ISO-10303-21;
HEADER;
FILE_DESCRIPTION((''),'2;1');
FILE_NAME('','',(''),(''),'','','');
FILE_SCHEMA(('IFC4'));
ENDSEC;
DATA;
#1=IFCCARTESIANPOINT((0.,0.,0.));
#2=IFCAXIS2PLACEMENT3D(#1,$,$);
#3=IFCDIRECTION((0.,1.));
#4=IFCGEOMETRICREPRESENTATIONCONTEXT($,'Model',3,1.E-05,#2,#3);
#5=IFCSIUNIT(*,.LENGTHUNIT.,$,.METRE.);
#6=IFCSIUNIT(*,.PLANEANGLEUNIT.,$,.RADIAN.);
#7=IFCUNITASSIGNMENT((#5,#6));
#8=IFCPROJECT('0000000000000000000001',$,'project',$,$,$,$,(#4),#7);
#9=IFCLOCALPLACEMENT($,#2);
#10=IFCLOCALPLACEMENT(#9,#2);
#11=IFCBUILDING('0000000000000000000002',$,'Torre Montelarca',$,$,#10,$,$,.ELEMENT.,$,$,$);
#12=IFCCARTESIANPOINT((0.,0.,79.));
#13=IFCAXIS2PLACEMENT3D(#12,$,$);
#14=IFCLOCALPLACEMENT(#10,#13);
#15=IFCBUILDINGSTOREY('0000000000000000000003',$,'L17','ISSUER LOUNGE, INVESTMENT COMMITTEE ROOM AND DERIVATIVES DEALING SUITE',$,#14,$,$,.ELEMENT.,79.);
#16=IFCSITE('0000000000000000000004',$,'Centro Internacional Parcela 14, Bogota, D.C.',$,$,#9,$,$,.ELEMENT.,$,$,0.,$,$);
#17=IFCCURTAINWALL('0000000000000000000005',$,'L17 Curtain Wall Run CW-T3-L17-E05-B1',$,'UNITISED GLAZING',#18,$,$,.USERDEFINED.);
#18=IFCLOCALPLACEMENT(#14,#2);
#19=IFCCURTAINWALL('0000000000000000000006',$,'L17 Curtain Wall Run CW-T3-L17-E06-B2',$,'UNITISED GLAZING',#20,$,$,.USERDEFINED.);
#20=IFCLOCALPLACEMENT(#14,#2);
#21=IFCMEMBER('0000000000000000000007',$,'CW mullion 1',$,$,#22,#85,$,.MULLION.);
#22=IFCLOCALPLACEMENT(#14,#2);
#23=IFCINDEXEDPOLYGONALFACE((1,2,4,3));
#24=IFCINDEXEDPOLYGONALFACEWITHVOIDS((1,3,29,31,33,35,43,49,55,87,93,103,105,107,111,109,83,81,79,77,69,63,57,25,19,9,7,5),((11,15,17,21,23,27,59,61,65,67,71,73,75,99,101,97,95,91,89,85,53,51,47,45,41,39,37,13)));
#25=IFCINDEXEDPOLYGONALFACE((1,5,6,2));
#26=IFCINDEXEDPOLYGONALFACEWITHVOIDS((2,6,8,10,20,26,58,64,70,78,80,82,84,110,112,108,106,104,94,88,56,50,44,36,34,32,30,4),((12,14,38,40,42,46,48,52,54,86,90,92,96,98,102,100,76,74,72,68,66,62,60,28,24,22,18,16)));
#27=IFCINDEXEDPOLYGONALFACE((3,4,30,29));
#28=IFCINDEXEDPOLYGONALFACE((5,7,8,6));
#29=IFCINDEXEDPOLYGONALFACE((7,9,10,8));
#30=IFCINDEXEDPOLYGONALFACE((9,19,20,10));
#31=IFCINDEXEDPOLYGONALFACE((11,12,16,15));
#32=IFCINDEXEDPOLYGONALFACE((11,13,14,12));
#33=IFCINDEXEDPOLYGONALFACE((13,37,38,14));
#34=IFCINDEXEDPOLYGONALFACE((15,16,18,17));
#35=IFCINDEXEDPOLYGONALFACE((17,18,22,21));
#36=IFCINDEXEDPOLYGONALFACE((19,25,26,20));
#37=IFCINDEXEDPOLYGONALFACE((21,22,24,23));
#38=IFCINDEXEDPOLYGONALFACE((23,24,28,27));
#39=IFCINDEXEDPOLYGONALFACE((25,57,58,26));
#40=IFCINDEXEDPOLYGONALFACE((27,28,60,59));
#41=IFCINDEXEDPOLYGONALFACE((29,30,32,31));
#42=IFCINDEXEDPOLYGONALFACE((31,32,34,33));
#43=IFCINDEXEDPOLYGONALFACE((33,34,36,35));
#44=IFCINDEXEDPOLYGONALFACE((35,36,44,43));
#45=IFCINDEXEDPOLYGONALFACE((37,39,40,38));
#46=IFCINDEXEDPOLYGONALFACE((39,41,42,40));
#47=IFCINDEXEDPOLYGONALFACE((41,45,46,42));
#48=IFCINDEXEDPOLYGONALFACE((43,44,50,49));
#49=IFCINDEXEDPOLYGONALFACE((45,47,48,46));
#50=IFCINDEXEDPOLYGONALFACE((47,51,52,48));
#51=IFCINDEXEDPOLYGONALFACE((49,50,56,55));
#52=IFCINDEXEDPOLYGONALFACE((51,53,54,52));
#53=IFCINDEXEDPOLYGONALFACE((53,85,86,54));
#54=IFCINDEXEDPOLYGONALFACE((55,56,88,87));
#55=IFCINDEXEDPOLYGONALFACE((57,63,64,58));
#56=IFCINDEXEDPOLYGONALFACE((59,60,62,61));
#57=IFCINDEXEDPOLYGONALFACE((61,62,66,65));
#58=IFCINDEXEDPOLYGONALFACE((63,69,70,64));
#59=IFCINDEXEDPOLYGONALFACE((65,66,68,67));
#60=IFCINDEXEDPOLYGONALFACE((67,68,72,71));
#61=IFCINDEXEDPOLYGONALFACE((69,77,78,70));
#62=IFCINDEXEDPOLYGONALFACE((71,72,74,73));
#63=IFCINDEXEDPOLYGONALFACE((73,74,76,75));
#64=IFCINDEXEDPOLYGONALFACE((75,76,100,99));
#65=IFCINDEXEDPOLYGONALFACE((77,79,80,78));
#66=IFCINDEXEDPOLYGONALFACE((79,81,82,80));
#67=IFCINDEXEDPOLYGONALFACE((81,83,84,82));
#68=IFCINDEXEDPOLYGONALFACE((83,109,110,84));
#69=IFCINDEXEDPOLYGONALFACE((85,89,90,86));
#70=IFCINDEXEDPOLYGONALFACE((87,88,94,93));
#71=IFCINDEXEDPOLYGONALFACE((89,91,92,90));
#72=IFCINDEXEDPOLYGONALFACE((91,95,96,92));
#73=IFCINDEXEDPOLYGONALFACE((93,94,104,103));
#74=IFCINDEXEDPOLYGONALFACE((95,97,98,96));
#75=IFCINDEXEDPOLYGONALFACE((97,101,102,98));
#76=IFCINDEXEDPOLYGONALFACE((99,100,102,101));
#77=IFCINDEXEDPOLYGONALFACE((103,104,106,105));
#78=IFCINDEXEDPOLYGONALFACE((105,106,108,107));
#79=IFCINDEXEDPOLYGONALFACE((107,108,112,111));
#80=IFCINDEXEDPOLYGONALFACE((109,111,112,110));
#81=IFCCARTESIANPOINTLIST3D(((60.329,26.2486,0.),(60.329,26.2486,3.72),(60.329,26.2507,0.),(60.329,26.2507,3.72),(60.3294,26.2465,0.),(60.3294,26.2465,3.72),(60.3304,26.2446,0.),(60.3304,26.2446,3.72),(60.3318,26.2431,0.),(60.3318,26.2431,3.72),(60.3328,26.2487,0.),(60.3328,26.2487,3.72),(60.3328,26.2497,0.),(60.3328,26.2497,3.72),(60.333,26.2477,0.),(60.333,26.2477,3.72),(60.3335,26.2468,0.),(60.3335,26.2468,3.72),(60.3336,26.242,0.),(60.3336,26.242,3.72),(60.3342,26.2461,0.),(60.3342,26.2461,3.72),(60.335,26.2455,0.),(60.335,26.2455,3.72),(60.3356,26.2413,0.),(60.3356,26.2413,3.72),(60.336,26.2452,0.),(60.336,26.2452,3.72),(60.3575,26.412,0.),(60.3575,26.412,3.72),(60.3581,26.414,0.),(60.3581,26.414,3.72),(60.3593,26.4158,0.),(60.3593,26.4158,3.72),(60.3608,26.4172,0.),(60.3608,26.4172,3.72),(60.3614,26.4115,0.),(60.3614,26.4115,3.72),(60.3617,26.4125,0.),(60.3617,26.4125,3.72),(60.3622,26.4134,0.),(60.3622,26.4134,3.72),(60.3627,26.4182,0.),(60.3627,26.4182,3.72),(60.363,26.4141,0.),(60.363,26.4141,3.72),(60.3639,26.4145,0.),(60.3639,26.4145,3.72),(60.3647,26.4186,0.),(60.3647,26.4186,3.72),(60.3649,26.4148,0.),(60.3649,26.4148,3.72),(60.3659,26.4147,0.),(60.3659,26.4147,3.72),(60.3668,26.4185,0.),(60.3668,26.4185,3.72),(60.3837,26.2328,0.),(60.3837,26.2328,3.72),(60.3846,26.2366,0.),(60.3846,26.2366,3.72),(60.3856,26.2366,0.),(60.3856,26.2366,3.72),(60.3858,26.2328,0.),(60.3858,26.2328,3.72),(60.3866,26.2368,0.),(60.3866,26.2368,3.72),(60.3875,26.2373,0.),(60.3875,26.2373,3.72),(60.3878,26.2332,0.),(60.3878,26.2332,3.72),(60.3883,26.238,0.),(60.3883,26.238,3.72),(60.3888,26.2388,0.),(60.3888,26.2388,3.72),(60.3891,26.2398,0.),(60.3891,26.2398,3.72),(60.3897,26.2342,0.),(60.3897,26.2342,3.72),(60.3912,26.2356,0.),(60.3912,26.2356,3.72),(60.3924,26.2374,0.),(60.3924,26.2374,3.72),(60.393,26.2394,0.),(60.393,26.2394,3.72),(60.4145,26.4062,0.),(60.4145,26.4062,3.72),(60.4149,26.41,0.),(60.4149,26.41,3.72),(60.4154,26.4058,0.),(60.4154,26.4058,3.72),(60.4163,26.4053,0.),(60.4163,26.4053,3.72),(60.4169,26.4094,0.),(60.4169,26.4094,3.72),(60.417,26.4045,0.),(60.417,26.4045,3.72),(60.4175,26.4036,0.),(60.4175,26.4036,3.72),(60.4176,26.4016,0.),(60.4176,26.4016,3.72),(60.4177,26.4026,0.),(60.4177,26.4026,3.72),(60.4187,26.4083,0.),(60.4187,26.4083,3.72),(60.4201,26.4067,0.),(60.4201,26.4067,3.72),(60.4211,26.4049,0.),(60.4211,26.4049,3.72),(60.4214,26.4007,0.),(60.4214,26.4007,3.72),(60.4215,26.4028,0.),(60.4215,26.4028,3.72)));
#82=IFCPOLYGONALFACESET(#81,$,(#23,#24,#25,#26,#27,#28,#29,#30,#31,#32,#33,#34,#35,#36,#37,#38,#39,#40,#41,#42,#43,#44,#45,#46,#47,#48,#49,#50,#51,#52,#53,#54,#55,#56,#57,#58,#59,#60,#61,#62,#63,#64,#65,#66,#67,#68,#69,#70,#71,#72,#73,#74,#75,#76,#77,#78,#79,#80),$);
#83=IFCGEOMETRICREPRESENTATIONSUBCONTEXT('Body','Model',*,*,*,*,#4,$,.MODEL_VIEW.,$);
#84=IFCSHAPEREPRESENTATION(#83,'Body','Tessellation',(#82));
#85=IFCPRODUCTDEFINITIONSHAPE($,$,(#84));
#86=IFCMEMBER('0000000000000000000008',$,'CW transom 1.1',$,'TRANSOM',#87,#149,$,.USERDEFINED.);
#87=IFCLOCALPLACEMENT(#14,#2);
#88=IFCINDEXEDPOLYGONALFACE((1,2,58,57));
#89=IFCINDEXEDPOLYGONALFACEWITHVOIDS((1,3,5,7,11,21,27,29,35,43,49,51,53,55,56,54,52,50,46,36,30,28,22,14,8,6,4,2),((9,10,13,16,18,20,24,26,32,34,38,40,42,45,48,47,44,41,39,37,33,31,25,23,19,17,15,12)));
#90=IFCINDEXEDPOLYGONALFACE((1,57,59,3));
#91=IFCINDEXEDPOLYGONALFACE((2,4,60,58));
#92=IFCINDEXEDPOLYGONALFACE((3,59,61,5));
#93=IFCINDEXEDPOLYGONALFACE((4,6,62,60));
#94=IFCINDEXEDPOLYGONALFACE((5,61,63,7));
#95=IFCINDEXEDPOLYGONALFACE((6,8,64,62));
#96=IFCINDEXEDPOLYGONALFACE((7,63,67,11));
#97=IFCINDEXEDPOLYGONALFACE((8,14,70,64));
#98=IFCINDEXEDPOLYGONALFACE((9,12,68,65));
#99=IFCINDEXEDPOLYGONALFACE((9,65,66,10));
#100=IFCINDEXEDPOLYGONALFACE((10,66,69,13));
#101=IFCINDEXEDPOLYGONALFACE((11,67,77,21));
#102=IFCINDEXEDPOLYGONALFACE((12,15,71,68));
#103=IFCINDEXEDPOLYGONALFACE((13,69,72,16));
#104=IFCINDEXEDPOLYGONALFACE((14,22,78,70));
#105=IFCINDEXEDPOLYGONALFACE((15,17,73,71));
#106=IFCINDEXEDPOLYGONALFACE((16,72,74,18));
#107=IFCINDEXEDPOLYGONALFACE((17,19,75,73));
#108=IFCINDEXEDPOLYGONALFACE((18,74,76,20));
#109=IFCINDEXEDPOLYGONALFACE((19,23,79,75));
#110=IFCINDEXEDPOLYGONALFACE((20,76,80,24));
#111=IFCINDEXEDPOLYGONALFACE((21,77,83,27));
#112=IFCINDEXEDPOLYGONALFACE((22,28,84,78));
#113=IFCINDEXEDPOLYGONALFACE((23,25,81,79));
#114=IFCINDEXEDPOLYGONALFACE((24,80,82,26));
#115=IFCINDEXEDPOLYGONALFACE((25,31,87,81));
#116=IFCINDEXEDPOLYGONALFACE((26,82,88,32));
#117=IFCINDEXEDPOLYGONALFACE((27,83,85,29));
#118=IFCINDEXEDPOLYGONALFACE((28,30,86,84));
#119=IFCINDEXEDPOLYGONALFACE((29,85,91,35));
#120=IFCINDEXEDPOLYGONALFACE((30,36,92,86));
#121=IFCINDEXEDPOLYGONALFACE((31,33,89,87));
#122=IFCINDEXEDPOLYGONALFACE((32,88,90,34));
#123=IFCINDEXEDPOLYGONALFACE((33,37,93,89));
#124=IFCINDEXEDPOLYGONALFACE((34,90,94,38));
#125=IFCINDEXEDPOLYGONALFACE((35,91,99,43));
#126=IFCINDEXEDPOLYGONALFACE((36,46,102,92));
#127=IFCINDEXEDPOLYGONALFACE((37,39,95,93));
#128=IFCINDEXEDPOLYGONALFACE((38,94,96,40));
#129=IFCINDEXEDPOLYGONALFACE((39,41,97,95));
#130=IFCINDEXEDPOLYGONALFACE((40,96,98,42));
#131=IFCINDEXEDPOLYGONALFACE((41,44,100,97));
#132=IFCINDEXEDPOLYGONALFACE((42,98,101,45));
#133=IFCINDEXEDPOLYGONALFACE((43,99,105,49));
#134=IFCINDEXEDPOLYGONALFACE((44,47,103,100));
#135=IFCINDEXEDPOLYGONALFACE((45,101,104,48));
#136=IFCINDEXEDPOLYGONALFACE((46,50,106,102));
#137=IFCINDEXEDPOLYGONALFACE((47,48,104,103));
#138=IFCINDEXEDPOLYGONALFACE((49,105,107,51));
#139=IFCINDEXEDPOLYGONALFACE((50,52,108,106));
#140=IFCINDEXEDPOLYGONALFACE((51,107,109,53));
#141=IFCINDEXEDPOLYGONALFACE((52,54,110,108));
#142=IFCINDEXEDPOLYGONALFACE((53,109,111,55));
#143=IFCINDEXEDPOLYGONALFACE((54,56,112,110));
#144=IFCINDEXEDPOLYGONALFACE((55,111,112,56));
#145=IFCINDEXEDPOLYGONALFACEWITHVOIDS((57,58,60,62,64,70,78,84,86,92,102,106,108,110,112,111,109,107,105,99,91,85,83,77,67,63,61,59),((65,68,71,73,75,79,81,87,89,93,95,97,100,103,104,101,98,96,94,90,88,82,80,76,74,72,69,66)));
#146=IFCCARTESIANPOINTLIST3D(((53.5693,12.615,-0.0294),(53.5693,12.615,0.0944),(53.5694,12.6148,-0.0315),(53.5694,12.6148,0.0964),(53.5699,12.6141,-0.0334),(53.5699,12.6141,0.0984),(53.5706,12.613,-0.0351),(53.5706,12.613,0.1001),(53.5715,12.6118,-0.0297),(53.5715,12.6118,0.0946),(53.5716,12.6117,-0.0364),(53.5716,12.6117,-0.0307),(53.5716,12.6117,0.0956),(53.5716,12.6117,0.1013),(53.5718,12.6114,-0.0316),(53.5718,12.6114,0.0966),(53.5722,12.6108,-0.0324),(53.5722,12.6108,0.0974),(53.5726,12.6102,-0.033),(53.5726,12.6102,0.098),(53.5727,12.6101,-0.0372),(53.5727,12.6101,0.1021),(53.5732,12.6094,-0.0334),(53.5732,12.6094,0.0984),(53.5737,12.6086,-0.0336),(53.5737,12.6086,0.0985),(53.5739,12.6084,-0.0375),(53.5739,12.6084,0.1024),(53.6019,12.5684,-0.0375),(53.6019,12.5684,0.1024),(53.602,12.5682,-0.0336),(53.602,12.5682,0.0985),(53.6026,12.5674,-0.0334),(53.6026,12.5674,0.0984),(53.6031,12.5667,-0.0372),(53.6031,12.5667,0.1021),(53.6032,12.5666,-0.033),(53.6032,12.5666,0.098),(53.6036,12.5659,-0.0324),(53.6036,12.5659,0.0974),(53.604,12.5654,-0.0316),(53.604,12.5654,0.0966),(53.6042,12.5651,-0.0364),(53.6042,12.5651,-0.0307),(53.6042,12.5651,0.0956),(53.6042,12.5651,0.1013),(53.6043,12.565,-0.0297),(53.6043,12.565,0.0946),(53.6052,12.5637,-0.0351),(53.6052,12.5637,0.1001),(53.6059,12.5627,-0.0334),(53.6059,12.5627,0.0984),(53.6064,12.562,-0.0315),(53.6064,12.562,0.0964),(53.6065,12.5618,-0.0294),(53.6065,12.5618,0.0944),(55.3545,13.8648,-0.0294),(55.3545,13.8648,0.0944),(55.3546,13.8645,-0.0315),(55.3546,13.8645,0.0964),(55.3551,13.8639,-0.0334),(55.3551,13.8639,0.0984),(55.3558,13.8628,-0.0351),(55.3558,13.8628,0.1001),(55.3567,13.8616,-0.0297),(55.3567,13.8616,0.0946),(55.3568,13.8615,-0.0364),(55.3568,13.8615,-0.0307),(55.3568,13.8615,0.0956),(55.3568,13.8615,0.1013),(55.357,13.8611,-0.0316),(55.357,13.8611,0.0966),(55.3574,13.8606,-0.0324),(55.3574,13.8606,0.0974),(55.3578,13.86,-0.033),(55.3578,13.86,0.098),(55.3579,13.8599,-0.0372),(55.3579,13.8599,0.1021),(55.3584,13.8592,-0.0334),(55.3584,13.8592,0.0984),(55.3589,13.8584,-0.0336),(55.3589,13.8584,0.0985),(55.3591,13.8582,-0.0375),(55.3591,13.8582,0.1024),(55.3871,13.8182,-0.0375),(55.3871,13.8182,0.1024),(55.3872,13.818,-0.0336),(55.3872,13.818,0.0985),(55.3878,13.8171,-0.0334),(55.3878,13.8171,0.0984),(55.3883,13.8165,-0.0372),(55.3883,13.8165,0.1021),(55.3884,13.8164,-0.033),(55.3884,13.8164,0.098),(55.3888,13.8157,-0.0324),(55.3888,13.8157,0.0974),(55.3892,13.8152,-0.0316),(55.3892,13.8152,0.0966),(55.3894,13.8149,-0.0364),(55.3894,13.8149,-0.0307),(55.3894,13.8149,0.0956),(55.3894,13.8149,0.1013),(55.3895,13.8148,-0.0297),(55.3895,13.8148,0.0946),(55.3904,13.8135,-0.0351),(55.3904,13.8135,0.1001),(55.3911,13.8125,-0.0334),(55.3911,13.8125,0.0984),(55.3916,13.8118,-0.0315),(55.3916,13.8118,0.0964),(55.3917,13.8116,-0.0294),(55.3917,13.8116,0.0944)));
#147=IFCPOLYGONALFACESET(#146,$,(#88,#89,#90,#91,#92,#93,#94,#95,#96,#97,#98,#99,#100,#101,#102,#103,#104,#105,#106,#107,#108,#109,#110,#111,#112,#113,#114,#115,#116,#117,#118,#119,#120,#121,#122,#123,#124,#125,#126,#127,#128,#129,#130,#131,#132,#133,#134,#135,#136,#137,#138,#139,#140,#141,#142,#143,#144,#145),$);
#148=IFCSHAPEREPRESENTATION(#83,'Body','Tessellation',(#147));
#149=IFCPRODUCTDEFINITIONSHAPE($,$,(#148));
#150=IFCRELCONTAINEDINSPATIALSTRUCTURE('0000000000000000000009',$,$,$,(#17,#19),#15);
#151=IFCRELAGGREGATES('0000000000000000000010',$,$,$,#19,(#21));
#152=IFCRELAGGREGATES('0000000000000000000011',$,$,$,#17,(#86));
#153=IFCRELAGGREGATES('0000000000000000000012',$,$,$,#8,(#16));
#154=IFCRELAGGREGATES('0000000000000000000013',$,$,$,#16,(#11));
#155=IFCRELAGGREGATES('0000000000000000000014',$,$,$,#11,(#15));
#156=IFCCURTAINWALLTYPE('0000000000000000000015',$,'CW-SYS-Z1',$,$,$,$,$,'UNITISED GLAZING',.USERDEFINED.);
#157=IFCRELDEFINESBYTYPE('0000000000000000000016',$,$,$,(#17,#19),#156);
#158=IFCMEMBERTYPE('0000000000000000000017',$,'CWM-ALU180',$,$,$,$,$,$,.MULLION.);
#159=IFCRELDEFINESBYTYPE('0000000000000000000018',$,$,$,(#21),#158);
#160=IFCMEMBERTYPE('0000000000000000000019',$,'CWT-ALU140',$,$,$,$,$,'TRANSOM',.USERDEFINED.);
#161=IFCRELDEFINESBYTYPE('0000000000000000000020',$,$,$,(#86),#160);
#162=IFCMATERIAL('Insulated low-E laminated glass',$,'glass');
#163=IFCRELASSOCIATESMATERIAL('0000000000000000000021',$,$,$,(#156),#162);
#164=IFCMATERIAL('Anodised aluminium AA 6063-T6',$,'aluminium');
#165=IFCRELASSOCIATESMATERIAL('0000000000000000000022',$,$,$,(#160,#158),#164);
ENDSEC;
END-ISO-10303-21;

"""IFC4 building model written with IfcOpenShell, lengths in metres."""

from ifc_helpers import new_model, si_unit, direction, frame, origin, origin_2d, place, context, subcontext, project, spatial, hollow_rectangle, extrude, source, transform, mapped, material, material_profile, profile_set, type_object, element, aggregate, save


model = new_model("IFC4")

# Units and contexts
model_context = context("Model", 3, precision=1e-05, world=origin(), true_north=direction((0.0, 1.0)))
body_context = subcontext(model_context, "Body", "Model", "MODEL_VIEW")
ifc_project = project(units=[si_unit("LENGTHUNIT", "METRE"), si_unit("PLANEANGLEUNIT", "RADIAN")], contexts=[model_context])

# Site, building, storey
site_placement = place(None, origin())
site = spatial("IfcSite", under=ifc_project, at=site_placement, Name="Centro Internacional Parcela 14, Bogota, D.C.", CompositionType="ELEMENT", RefElevation=0.0)
building_placement = place(site_placement, origin())
building = spatial("IfcBuilding", under=site, at=building_placement, Name="Torre Montelarca", CompositionType="ELEMENT")
storey_placement = place(building_placement, frame((0.0, 0.0, 79.0)))
storey = spatial("IfcBuildingStorey", under=building, at=storey_placement, Name="L17", Description="ISSUER LOUNGE, INVESTMENT COMMITTEE ROOM AND DERIVATIVES DEALING SUITE", CompositionType="ELEMENT", Elevation=79.0)

# Shared definitions
ifc_material_1 = material(Name="Insulated low-E laminated glass", Category="glass")
curtain_wall_type = type_object("IfcCurtainWallType", Name="CW-SYS-Z1", ElementType="UNITISED GLAZING", PredefinedType="USERDEFINED", material=ifc_material_1)
ifc_material_2 = material(Name="Anodised aluminium AA 6063-T6", Category="aluminium")
ifc_material_profile_1 = material_profile(ifc_material_2, hollow_rectangle(XDim=0.0649, YDim=0.1399, WallThickness=0.0039, InnerFilletRadius=0.0039, OuterFilletRadius=0.0081, at=origin_2d()), Name="ALU65X140X4", Category="aluminium")
ifc_profile_set_1 = profile_set([ifc_material_profile_1], Name="Anodised aluminium AA 6063-T6")
member_type_1 = type_object("IfcMemberType", Name="CWT-ALU140", ElementType="TRANSOM", PredefinedType="USERDEFINED", material=ifc_profile_set_1)

# Shared definitions
ifc_material_profile_2 = material_profile(ifc_material_2, hollow_rectangle(XDim=0.0649, YDim=0.1799, WallThickness=0.0039, InnerFilletRadius=0.0039, OuterFilletRadius=0.0081, at=origin_2d()), Name="ALU65X180X4", Category="aluminium")
ifc_profile_set_2 = profile_set([ifc_material_profile_2], Name="Anodised aluminium AA 6063-T6")
member_type_2 = type_object("IfcMemberType", Name="CWM-ALU180", PredefinedType="MULLION", material=ifc_profile_set_2)
shared_shape_1 = source(origin(), body_context, "Body", "SweptSolid", [
    extrude(hollow_rectangle(XDim=0.0649, YDim=0.1799, WallThickness=0.0039, InnerFilletRadius=0.0039, OuterFilletRadius=0.0081, at=origin_2d()), origin(), (0.0, 0.0, 1.0), 3.72),
])

# Curtain wall
curtain_wall_1_placement = place(storey_placement, origin())
curtain_wall_1 = element("IfcCurtainWall", 1, at=curtain_wall_1_placement, inside=storey, type_object=curtain_wall_type, Name="L17 Curtain Wall Run CW-T3-L17-E05-B1", ObjectType="UNITISED GLAZING", PredefinedType="USERDEFINED")

# Curtain wall, member
curtain_wall_2_placement = place(storey_placement, origin())
curtain_wall_2 = element("IfcCurtainWall", 2, at=curtain_wall_2_placement, inside=storey, type_object=curtain_wall_type, Name="L17 Curtain Wall Run CW-T3-L17-E06-B2", ObjectType="UNITISED GLAZING", PredefinedType="USERDEFINED")
member_1_placement = place(storey_placement, frame((60.3752, 26.3257, 0.0), z_axis=(0.0, 0.0, 1.0), x_axis=(-0.98481, 0.173637, 0.0)))
member_1 = element("IfcMember", 3, at=member_1_placement, type_object=member_type_2, Name="CW mullion 1", PredefinedType="MULLION", context=body_context, shape_type="MappedRepresentation", body=[
    mapped(shared_shape_1, transform((0.0, 0.0, 0.0), scale=1.0)),
])

# Member
shared_shape_2 = source(origin(), body_context, "Body", "SweptSolid", [
    extrude(hollow_rectangle(XDim=0.0649, YDim=0.1399, WallThickness=0.0039, InnerFilletRadius=0.0039, OuterFilletRadius=0.0081, at=origin_2d()), origin(), (0.0, 0.0, 1.0), 2.1792),
])
member_2_placement = place(storey_placement, frame((53.5879, 12.5884, 0.0325), z_axis=(0.8192, 0.573507, 0.0), x_axis=(-0.573507, 0.8192, 0.0)))
member_2 = element("IfcMember", 4, at=member_2_placement, type_object=member_type_1, Name="CW transom 1.1", ObjectType="TRANSOM", PredefinedType="USERDEFINED", context=body_context, shape_type="MappedRepresentation", body=[
    mapped(shared_shape_2, transform((0.0, 0.0, 0.0), scale=1.0)),
])
aggregate(curtain_wall_2, [member_1])

aggregate(curtain_wall_1, [member_2])

save(model, "model.ifc")
